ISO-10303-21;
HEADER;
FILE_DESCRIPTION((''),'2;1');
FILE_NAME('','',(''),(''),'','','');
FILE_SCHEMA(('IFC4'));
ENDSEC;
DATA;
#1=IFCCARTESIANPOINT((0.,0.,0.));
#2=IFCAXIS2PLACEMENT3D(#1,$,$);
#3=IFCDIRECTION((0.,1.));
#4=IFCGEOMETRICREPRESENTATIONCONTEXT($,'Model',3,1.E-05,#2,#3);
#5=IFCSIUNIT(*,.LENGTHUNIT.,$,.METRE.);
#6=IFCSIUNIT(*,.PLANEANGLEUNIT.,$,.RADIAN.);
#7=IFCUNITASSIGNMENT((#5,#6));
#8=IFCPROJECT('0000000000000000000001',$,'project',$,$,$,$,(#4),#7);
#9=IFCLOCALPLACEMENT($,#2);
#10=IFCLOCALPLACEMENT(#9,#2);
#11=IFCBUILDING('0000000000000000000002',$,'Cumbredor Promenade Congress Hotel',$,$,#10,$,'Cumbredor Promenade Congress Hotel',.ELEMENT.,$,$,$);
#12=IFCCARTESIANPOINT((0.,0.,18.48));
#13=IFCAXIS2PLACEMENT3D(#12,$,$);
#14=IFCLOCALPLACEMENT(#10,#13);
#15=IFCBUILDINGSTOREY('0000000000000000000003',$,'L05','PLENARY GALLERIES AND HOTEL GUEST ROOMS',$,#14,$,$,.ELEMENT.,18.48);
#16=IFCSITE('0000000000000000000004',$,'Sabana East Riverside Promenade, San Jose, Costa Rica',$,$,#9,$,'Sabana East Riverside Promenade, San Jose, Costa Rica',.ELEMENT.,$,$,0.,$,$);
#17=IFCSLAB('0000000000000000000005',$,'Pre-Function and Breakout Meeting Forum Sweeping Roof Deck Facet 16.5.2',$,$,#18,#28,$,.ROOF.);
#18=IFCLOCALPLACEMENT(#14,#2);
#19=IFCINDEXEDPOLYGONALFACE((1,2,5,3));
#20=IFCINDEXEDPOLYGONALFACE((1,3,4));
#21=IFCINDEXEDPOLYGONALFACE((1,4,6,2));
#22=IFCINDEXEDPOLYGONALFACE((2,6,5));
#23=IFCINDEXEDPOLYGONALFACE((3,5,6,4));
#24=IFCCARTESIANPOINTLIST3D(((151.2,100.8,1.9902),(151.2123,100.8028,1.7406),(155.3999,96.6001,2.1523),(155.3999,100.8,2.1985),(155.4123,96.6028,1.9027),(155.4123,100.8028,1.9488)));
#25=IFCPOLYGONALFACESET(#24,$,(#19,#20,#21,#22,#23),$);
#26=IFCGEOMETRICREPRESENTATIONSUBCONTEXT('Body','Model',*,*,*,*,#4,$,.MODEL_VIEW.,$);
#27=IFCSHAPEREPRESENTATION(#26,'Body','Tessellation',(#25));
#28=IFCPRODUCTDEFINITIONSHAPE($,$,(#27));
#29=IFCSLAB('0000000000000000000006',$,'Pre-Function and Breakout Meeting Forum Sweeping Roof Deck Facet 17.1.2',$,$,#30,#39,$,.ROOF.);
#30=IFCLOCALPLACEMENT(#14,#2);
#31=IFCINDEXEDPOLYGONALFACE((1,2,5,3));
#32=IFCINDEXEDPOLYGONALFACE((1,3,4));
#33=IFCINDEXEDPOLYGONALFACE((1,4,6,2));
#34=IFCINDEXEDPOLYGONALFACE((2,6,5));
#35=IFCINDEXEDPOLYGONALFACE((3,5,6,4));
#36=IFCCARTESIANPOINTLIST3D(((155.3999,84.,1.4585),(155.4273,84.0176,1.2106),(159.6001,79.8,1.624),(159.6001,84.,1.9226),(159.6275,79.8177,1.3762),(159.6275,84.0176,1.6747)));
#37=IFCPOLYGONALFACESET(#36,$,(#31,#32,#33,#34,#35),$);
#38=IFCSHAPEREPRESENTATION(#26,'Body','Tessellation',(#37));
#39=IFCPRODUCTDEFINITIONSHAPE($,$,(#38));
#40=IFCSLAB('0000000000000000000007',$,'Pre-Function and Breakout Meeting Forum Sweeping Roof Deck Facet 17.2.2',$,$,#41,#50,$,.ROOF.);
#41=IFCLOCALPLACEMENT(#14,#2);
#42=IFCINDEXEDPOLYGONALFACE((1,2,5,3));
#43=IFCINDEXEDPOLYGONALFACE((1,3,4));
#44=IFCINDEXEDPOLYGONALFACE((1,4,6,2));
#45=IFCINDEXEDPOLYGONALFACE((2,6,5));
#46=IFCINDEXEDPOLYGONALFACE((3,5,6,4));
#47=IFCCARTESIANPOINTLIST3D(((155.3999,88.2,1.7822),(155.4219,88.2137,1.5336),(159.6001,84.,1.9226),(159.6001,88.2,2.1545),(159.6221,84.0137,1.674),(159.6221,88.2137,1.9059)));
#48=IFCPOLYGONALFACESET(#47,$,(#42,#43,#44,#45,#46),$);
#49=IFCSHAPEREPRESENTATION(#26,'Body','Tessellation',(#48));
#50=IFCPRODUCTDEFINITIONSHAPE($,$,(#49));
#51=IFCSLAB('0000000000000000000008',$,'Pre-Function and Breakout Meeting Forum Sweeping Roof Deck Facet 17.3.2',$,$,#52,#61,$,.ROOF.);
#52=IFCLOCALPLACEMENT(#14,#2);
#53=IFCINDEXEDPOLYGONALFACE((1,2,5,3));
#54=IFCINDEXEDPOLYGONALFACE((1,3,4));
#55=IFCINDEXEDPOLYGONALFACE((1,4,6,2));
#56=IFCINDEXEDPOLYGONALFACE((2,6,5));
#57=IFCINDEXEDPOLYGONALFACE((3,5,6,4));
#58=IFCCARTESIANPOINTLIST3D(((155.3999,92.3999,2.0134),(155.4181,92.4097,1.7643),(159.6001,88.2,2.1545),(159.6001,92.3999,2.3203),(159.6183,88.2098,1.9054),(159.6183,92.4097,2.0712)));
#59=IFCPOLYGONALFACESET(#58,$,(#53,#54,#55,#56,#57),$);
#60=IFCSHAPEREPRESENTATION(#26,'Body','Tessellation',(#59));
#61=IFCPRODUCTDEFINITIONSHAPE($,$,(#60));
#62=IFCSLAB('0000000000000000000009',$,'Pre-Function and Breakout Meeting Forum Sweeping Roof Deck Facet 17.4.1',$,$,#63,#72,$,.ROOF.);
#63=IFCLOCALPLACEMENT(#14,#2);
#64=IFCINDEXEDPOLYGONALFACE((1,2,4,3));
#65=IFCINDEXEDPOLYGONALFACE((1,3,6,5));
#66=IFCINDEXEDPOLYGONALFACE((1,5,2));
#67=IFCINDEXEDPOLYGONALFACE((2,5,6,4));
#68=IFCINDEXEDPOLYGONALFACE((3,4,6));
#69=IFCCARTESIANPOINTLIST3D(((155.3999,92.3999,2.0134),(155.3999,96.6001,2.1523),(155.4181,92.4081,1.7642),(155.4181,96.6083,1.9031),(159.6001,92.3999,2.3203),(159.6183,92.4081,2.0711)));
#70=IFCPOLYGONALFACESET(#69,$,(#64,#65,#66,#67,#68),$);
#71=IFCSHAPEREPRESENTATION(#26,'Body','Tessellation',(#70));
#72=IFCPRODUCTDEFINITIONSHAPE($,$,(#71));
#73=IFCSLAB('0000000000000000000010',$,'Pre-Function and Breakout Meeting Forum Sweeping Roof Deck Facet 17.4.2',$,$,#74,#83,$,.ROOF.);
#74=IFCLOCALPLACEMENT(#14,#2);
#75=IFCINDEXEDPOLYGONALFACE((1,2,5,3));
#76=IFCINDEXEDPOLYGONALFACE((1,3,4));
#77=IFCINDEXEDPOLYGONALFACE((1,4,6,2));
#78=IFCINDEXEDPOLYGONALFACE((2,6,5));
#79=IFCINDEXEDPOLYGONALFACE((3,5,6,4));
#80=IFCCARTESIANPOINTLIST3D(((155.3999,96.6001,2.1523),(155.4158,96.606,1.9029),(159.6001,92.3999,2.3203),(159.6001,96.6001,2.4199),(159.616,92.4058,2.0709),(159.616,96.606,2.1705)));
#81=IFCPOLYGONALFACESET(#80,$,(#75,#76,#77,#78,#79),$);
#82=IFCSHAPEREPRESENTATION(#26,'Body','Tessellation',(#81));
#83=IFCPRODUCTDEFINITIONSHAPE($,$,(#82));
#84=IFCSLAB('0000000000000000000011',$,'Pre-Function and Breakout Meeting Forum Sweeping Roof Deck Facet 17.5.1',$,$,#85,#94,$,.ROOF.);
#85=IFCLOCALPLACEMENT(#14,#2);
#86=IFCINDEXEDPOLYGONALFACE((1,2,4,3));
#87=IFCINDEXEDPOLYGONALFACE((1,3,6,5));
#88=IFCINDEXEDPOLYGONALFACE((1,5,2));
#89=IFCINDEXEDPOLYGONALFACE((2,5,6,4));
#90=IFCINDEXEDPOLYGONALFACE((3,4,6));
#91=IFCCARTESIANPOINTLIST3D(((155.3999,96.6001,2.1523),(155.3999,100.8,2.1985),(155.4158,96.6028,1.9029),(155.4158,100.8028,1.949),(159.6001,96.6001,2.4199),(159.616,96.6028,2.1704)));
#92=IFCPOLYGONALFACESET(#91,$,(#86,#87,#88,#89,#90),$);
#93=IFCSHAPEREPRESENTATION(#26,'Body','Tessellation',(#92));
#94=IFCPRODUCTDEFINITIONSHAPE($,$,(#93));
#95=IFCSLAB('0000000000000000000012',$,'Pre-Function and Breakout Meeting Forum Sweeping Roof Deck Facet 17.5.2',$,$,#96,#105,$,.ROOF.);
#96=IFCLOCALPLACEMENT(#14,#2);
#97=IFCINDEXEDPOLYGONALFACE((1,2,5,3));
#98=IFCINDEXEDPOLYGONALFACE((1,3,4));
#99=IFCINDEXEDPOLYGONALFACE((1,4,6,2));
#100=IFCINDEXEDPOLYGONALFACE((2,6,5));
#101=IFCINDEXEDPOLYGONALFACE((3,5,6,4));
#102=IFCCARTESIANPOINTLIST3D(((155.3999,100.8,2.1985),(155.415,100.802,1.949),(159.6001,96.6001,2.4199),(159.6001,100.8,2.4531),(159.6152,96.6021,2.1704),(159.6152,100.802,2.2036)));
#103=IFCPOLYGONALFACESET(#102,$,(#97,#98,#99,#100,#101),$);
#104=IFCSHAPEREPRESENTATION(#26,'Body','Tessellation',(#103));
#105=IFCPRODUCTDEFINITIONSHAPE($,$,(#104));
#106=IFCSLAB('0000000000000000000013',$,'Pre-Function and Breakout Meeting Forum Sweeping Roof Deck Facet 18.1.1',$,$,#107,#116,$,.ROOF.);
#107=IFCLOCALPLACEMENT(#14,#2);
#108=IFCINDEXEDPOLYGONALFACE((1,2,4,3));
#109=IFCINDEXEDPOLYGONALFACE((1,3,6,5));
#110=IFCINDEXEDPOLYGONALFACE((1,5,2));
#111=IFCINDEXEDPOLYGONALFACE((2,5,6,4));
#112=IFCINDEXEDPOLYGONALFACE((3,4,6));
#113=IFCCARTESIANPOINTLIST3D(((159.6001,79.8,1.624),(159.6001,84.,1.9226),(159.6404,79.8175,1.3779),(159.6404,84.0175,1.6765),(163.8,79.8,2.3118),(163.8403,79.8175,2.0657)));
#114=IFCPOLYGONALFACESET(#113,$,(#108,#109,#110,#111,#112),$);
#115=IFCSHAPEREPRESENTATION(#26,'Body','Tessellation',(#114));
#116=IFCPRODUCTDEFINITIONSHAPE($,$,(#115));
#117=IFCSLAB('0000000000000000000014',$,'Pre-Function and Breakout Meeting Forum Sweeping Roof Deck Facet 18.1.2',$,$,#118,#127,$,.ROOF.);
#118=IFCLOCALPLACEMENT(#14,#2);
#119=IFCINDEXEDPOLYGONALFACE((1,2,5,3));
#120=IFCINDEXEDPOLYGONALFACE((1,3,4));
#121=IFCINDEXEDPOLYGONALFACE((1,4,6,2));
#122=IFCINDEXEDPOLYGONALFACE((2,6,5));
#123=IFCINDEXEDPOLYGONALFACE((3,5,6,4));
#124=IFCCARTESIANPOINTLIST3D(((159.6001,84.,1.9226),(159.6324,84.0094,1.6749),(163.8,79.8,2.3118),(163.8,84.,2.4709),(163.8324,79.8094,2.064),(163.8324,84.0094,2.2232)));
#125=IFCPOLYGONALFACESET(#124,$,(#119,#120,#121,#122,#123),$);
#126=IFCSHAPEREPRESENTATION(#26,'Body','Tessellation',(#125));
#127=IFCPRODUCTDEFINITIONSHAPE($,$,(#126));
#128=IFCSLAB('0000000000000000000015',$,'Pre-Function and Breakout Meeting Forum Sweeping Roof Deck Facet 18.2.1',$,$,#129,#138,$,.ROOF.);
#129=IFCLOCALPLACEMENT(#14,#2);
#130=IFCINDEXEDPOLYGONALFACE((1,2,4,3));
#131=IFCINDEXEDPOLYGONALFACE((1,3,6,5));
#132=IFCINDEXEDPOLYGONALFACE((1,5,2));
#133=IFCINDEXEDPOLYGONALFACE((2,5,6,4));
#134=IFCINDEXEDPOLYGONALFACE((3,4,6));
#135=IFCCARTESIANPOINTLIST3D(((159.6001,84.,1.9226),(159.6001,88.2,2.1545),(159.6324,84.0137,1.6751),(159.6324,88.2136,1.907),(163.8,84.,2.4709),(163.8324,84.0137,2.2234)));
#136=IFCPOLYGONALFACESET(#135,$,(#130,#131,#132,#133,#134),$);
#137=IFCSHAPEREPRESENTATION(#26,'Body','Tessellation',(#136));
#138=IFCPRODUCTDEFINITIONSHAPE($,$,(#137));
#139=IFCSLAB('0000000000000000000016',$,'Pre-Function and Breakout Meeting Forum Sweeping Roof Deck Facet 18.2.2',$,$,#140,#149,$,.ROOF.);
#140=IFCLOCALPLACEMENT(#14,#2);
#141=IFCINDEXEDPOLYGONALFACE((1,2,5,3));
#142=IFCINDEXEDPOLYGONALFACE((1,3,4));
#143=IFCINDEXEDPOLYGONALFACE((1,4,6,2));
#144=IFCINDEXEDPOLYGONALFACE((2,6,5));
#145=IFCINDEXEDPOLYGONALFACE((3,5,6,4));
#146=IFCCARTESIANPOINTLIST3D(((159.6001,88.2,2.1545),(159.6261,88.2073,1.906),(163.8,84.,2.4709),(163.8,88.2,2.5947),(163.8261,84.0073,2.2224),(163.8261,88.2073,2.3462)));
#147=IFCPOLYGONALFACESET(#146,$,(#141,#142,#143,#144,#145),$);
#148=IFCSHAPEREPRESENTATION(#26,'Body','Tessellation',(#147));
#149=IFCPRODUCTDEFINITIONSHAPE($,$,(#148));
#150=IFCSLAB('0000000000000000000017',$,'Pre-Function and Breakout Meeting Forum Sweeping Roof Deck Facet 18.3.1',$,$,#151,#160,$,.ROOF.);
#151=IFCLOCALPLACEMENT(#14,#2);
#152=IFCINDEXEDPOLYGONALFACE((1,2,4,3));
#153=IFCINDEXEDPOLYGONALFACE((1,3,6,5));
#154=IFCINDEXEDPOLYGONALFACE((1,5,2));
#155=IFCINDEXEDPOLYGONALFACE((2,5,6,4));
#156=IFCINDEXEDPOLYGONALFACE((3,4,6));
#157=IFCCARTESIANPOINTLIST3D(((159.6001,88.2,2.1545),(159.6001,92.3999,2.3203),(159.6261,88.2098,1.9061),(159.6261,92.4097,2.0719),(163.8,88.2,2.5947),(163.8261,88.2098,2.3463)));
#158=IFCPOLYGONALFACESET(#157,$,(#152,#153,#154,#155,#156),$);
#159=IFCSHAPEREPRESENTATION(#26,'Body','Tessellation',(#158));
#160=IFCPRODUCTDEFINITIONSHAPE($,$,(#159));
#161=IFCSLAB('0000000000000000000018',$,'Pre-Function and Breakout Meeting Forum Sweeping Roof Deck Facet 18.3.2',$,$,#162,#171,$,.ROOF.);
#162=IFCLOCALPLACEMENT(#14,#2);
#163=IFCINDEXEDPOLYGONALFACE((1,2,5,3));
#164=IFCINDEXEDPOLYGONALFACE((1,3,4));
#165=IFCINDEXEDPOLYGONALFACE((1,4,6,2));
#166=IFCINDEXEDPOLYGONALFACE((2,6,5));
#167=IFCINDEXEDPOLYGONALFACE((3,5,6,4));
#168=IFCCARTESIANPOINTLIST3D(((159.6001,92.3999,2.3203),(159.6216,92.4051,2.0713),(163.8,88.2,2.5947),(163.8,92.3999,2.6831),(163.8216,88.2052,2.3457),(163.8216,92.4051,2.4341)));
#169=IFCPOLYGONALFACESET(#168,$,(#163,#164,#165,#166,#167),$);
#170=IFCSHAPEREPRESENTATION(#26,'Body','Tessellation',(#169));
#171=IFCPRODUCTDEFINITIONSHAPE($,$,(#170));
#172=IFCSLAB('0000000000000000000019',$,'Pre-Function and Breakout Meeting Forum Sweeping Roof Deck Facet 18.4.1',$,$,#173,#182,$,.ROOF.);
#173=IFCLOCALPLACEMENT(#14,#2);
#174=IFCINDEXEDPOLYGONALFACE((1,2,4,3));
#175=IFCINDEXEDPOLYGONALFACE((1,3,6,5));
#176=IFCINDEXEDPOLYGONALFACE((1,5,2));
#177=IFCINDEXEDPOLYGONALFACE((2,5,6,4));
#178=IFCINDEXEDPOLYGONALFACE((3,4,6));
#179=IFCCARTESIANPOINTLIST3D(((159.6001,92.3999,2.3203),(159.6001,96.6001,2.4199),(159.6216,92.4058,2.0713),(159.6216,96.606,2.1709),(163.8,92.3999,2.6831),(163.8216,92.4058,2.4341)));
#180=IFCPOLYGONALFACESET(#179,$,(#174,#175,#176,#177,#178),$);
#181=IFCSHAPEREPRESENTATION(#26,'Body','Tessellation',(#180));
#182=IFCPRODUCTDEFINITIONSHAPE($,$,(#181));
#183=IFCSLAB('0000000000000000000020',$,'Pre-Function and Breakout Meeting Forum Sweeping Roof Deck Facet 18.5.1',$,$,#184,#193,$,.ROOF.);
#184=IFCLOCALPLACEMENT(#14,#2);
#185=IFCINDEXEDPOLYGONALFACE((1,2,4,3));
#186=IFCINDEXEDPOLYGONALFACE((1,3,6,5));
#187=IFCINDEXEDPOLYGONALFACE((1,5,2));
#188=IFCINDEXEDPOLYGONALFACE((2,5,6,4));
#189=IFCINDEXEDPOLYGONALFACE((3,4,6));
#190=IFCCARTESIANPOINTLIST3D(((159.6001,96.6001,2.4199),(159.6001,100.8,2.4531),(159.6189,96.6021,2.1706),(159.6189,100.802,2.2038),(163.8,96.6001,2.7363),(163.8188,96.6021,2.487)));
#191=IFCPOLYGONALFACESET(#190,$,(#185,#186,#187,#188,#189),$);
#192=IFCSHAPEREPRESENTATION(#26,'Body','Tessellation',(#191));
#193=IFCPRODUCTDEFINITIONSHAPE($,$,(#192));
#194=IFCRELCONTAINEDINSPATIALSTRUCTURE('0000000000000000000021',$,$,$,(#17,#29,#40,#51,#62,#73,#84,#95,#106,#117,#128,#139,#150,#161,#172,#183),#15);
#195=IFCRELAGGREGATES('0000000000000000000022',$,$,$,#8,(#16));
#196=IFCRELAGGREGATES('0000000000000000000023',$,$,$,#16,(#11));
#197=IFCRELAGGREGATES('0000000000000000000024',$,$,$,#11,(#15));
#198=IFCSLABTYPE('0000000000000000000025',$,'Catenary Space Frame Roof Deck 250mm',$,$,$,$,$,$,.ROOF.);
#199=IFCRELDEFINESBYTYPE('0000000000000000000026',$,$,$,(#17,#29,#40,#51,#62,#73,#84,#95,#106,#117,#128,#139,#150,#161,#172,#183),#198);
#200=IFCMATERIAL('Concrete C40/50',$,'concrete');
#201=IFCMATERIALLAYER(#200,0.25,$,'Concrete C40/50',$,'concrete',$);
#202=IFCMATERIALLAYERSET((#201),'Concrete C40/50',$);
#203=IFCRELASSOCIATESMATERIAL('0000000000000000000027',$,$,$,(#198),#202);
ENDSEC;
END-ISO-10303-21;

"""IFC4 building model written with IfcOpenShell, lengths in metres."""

from ifc_helpers import new_model, si_unit, direction, frame, origin, place, context, subcontext, project, spatial, polyline, outline, extrude, material, layer, layer_set, type_object, element, save


model = new_model("IFC4")

# Units and contexts
model_context = context("Model", 3, precision=1e-05, world=origin(), true_north=direction((0.0, 1.0)))
body_context = subcontext(model_context, "Body", "Model", "MODEL_VIEW")
ifc_project = project(units=[si_unit("LENGTHUNIT", "METRE"), si_unit("PLANEANGLEUNIT", "RADIAN")], contexts=[model_context])

# Site, building, storey
site_placement = place(None, origin())
site = spatial("IfcSite", under=ifc_project, at=site_placement, Name="Sabana East Riverside Promenade, San Jose, Costa Rica", LongName="Sabana East Riverside Promenade, San Jose, Costa Rica", CompositionType="ELEMENT", RefElevation=0.0)
building_placement = place(site_placement, origin())
building = spatial("IfcBuilding", under=site, at=building_placement, Name="Cumbredor Promenade Congress Hotel", LongName="Cumbredor Promenade Congress Hotel", CompositionType="ELEMENT")
storey_placement = place(building_placement, frame((0.0, 0.0, 18.48)))
storey = spatial("IfcBuildingStorey", under=building, at=storey_placement, Name="L05", Description="PLENARY GALLERIES AND HOTEL GUEST ROOMS", CompositionType="ELEMENT", Elevation=18.48)

# Slabs
ifc_material_1 = material(Name="Concrete C40/50", Category="concrete")
ifc_layer_1 = layer(ifc_material_1, 0.25, Name="Concrete C40/50", Category="concrete")
ifc_layer_set_1 = layer_set([ifc_layer_1], Name="Concrete C40/50")
slab_type = type_object("IfcSlabType", Name="Catenary Space Frame Roof Deck 250mm", PredefinedType="ROOF", material=ifc_layer_set_1)
slab_1_placement = place(storey_placement, frame((155.3999, 96.6001, 2.1523), z_axis=(-0.049521, -0.010972, 0.998713), x_axis=(0.0, 0.99994, 0.010986)))
element("IfcSlab", 1, at=slab_1_placement, inside=storey, type_object=slab_type, Name="Pre-Function and Breakout Meeting Forum Sweeping Roof Deck Facet 16.5.2", PredefinedType="ROOF", context=body_context, shape_type="SweptSolid", body=[
    extrude(outline(polyline([(0.0, 0.0), (4.2002, 0.0), (4.1979, 4.2051), (0.0, 0.0)])), origin(), (0.0, 0.0, -1.0), 0.25),
])
slab_2_placement = place(storey_placement, frame((159.6001, 79.8, 1.624), z_axis=(-0.109556, -0.070486, 0.991478), x_axis=(0.0, 0.997482, 0.070913)))
element("IfcSlab", 2, at=slab_2_placement, inside=storey, type_object=slab_type, Name="Pre-Function and Breakout Meeting Forum Sweeping Roof Deck Facet 17.1.2", PredefinedType="ROOF", context=body_context, shape_type="SweptSolid", body=[
    extrude(outline(polyline([(0.0, 0.0), (4.2106, 0.0), (4.1776, 4.2256), (0.0, 0.0)])), origin(), (0.0, 0.0, -1.0), 0.25),
])
slab_3_placement = place(storey_placement, frame((159.6001, 84.0, 1.9226), z_axis=(-0.088163, -0.054924, 0.994591), x_axis=(0.0, 0.998479, 0.055139)))
element("IfcSlab", 3, at=slab_3_placement, inside=storey, type_object=slab_type, Name="Pre-Function and Breakout Meeting Forum Sweeping Roof Deck Facet 17.2.2", PredefinedType="ROOF", context=body_context, shape_type="SweptSolid", body=[
    extrude(outline(polyline([(0.0, 0.0), (4.2064, 0.0), (4.1858, 4.2166), (0.0, 0.0)])), origin(), (0.0, 0.0, -1.0), 0.25),
])
slab_4_placement = place(storey_placement, frame((159.6001, 88.2, 2.1545), z_axis=(-0.072814, -0.039334, 0.99657), x_axis=(0.0, 0.999222, 0.039439)))
element("IfcSlab", 4, at=slab_4_placement, inside=storey, type_object=slab_type, Name="Pre-Function and Breakout Meeting Forum Sweeping Roof Deck Facet 17.3.2", PredefinedType="ROOF", context=body_context, shape_type="SweptSolid", body=[
    extrude(outline(polyline([(0.0, 0.0), (4.2032, 0.0), (4.1911, 4.2114), (0.0, 0.0)])), origin(), (0.0, 0.0, -1.0), 0.25),
])
slab_5_placement = place(storey_placement, frame((155.3999, 92.3999, 2.0134), z_axis=(-0.072831, -0.032968, 0.996799), x_axis=(0.997341, 0.0, 0.07287)))
element("IfcSlab", 5, at=slab_5_placement, inside=storey, type_object=slab_type, Name="Pre-Function and Breakout Meeting Forum Sweeping Roof Deck Facet 17.4.1", PredefinedType="ROOF", context=body_context, shape_type="SweptSolid", body=[
    extrude(outline(polyline([(0.0, 0.0), (4.2114, 0.0), (0.0101, 4.2025), (0.0, 0.0)])), origin(), (0.0, 0.0, -1.0), 0.25),
])
slab_6_placement = place(storey_placement, frame((159.6001, 92.3999, 2.3203), z_axis=(-0.063559, -0.023661, 0.997698), x_axis=(0.0, 0.999719, 0.023709)))
element("IfcSlab", 6, at=slab_6_placement, inside=storey, type_object=slab_type, Name="Pre-Function and Breakout Meeting Forum Sweeping Roof Deck Facet 17.4.2", PredefinedType="ROOF", context=body_context, shape_type="SweptSolid", body=[
    extrude(outline(polyline([(0.0, 0.0), (4.2014, 0.0), (4.195, 4.2087), (0.0, 0.0)])), origin(), (0.0, 0.0, -1.0), 0.25),
])
slab_7_placement = place(storey_placement, frame((155.3999, 96.6001, 2.1523), z_axis=(-0.063573, -0.010964, 0.997917), x_axis=(0.997977, 0.0, 0.063577)))
element("IfcSlab", 7, at=slab_7_placement, inside=storey, type_object=slab_type, Name="Pre-Function and Breakout Meeting Forum Sweeping Roof Deck Facet 17.5.1", PredefinedType="ROOF", context=body_context, shape_type="SweptSolid", body=[
    extrude(outline(polyline([(0.0, 0.0), (4.2087, 0.0), (0.0029, 4.2002), (0.0, 0.0)])), origin(), (0.0, 0.0, -1.0), 0.25),
])
slab_8_placement = place(storey_placement, frame((159.6001, 96.6001, 2.4199), z_axis=(-0.060512, -0.007891, 0.998136), x_axis=(0.0, 0.999969, 0.007905)))
element("IfcSlab", 8, at=slab_8_placement, inside=storey, type_object=slab_type, Name="Pre-Function and Breakout Meeting Forum Sweeping Roof Deck Facet 17.5.2", PredefinedType="ROOF", context=body_context, shape_type="SweptSolid", body=[
    extrude(outline(polyline([(0.0, 0.0), (4.2001, 0.0), (4.1981, 4.2079), (0.0, 0.0)])), origin(), (0.0, 0.0, -1.0), 0.25),
])
slab_9_placement = place(storey_placement, frame((159.6001, 79.8, 1.624), z_axis=(-0.161202, -0.069986, 0.984437), x_axis=(0.986857, 0.0, 0.161598)))
element("IfcSlab", 9, at=slab_9_placement, inside=storey, type_object=slab_type, Name="Pre-Function and Breakout Meeting Forum Sweeping Roof Deck Facet 18.1.1", PredefinedType="ROOF", context=body_context, shape_type="SweptSolid", body=[
    extrude(outline(polyline([(0.0, 0.0), (4.2559, 0.0), (0.0483, 4.2103), (0.0, 0.0)])), origin(), (0.0, 0.0, -1.0), 0.25),
])
slab_10_placement = place(storey_placement, frame((163.8, 79.8, 2.3118), z_axis=(-0.129369, -0.037555, 0.990885), x_axis=(0.0, 0.999283, 0.037873)))
element("IfcSlab", 10, at=slab_10_placement, inside=storey, type_object=slab_type, Name="Pre-Function and Breakout Meeting Forum Sweeping Roof Deck Facet 18.1.2", PredefinedType="ROOF", context=body_context, shape_type="SweptSolid", body=[
    extrude(outline(polyline([(0.0, 0.0), (4.203, 0.0), (4.1822, 4.2355), (0.0, 0.0)])), origin(), (0.0, 0.0, -1.0), 0.25),
])
slab_11_placement = place(storey_placement, frame((159.6001, 84.0, 1.9226), z_axis=(-0.129266, -0.054676, 0.990101), x_axis=(0.991585, 0.0, 0.12946)))
element("IfcSlab", 11, at=slab_11_placement, inside=storey, type_object=slab_type, Name="Pre-Function and Breakout Meeting Forum Sweeping Roof Deck Facet 18.2.1", PredefinedType="ROOF", context=body_context, shape_type="SweptSolid", body=[
    extrude(outline(polyline([(0.0, 0.0), (4.2356, 0.0), (0.03, 4.2062), (0.0, 0.0)])), origin(), (0.0, 0.0, -1.0), 0.25),
])
slab_12_placement = place(storey_placement, frame((163.8, 84.0, 2.4709), z_axis=(-0.104192, -0.029298, 0.994126), x_axis=(0.0, 0.999566, 0.029459)))
element("IfcSlab", 12, at=slab_12_placement, inside=storey, type_object=slab_type, Name="Pre-Function and Breakout Meeting Forum Sweeping Roof Deck Facet 18.2.2", PredefinedType="ROOF", context=body_context, shape_type="SweptSolid", body=[
    extrude(outline(polyline([(0.0, 0.0), (4.2018, 0.0), (4.1888, 4.2229), (0.0, 0.0)])), origin(), (0.0, 0.0, -1.0), 0.25),
])
slab_13_placement = place(storey_placement, frame((159.6001, 88.2, 2.1545), z_axis=(-0.104156, -0.039225, 0.993787), x_axis=(0.994553, 0.0, 0.104236)))
element("IfcSlab", 13, at=slab_13_placement, inside=storey, type_object=slab_type, Name="Pre-Function and Breakout Meeting Forum Sweeping Roof Deck Facet 18.3.1", PredefinedType="ROOF", context=body_context, shape_type="SweptSolid", body=[
    extrude(outline(polyline([(0.0, 0.0), (4.223, 0.0), (0.0173, 4.2032), (0.0, 0.0)])), origin(), (0.0, 0.0, -1.0), 0.25),
])
slab_14_placement = place(storey_placement, frame((163.8, 88.2, 2.5947), z_axis=(-0.086041, -0.02096, 0.996071), x_axis=(0.0, 0.999779, 0.021038)))
element("IfcSlab", 14, at=slab_14_placement, inside=storey, type_object=slab_type, Name="Pre-Function and Breakout Meeting Forum Sweeping Roof Deck Facet 18.3.2", PredefinedType="ROOF", context=body_context, shape_type="SweptSolid", body=[
    extrude(outline(polyline([(0.0, 0.0), (4.2009, 0.0), (4.1932, 4.2156), (0.0, 0.0)])), origin(), (0.0, 0.0, -1.0), 0.25),
])
slab_15_placement = place(storey_placement, frame((159.6001, 92.3999, 2.3203), z_axis=(-0.086036, -0.023621, 0.996012), x_axis=(0.99629, 0.0, 0.08606)))
element("IfcSlab", 15, at=slab_15_placement, inside=storey, type_object=slab_type, Name="Pre-Function and Breakout Meeting Forum Sweeping Roof Deck Facet 18.4.1", PredefinedType="ROOF", context=body_context, shape_type="SweptSolid", body=[
    extrude(outline(polyline([(0.0, 0.0), (4.2156, 0.0), (0.0086, 4.2014), (0.0, 0.0)])), origin(), (0.0, 0.0, -1.0), 0.25),
])
slab_16_placement = place(storey_placement, frame((159.6001, 96.6001, 2.4199), z_axis=(-0.07512, -0.007883, 0.997143), x_axis=(0.997174, 0.0, 0.075123)))
element("IfcSlab", 16, at=slab_16_placement, inside=storey, type_object=slab_type, Name="Pre-Function and Breakout Meeting Forum Sweeping Roof Deck Facet 18.5.1", PredefinedType="ROOF", context=body_context, shape_type="SweptSolid", body=[
    extrude(outline(polyline([(0.0, 0.0), (4.2119, 0.0), (0.0025, 4.2001), (0.0, 0.0)])), origin(), (0.0, 0.0, -1.0), 0.25),
])

save(model, "model.ifc")
